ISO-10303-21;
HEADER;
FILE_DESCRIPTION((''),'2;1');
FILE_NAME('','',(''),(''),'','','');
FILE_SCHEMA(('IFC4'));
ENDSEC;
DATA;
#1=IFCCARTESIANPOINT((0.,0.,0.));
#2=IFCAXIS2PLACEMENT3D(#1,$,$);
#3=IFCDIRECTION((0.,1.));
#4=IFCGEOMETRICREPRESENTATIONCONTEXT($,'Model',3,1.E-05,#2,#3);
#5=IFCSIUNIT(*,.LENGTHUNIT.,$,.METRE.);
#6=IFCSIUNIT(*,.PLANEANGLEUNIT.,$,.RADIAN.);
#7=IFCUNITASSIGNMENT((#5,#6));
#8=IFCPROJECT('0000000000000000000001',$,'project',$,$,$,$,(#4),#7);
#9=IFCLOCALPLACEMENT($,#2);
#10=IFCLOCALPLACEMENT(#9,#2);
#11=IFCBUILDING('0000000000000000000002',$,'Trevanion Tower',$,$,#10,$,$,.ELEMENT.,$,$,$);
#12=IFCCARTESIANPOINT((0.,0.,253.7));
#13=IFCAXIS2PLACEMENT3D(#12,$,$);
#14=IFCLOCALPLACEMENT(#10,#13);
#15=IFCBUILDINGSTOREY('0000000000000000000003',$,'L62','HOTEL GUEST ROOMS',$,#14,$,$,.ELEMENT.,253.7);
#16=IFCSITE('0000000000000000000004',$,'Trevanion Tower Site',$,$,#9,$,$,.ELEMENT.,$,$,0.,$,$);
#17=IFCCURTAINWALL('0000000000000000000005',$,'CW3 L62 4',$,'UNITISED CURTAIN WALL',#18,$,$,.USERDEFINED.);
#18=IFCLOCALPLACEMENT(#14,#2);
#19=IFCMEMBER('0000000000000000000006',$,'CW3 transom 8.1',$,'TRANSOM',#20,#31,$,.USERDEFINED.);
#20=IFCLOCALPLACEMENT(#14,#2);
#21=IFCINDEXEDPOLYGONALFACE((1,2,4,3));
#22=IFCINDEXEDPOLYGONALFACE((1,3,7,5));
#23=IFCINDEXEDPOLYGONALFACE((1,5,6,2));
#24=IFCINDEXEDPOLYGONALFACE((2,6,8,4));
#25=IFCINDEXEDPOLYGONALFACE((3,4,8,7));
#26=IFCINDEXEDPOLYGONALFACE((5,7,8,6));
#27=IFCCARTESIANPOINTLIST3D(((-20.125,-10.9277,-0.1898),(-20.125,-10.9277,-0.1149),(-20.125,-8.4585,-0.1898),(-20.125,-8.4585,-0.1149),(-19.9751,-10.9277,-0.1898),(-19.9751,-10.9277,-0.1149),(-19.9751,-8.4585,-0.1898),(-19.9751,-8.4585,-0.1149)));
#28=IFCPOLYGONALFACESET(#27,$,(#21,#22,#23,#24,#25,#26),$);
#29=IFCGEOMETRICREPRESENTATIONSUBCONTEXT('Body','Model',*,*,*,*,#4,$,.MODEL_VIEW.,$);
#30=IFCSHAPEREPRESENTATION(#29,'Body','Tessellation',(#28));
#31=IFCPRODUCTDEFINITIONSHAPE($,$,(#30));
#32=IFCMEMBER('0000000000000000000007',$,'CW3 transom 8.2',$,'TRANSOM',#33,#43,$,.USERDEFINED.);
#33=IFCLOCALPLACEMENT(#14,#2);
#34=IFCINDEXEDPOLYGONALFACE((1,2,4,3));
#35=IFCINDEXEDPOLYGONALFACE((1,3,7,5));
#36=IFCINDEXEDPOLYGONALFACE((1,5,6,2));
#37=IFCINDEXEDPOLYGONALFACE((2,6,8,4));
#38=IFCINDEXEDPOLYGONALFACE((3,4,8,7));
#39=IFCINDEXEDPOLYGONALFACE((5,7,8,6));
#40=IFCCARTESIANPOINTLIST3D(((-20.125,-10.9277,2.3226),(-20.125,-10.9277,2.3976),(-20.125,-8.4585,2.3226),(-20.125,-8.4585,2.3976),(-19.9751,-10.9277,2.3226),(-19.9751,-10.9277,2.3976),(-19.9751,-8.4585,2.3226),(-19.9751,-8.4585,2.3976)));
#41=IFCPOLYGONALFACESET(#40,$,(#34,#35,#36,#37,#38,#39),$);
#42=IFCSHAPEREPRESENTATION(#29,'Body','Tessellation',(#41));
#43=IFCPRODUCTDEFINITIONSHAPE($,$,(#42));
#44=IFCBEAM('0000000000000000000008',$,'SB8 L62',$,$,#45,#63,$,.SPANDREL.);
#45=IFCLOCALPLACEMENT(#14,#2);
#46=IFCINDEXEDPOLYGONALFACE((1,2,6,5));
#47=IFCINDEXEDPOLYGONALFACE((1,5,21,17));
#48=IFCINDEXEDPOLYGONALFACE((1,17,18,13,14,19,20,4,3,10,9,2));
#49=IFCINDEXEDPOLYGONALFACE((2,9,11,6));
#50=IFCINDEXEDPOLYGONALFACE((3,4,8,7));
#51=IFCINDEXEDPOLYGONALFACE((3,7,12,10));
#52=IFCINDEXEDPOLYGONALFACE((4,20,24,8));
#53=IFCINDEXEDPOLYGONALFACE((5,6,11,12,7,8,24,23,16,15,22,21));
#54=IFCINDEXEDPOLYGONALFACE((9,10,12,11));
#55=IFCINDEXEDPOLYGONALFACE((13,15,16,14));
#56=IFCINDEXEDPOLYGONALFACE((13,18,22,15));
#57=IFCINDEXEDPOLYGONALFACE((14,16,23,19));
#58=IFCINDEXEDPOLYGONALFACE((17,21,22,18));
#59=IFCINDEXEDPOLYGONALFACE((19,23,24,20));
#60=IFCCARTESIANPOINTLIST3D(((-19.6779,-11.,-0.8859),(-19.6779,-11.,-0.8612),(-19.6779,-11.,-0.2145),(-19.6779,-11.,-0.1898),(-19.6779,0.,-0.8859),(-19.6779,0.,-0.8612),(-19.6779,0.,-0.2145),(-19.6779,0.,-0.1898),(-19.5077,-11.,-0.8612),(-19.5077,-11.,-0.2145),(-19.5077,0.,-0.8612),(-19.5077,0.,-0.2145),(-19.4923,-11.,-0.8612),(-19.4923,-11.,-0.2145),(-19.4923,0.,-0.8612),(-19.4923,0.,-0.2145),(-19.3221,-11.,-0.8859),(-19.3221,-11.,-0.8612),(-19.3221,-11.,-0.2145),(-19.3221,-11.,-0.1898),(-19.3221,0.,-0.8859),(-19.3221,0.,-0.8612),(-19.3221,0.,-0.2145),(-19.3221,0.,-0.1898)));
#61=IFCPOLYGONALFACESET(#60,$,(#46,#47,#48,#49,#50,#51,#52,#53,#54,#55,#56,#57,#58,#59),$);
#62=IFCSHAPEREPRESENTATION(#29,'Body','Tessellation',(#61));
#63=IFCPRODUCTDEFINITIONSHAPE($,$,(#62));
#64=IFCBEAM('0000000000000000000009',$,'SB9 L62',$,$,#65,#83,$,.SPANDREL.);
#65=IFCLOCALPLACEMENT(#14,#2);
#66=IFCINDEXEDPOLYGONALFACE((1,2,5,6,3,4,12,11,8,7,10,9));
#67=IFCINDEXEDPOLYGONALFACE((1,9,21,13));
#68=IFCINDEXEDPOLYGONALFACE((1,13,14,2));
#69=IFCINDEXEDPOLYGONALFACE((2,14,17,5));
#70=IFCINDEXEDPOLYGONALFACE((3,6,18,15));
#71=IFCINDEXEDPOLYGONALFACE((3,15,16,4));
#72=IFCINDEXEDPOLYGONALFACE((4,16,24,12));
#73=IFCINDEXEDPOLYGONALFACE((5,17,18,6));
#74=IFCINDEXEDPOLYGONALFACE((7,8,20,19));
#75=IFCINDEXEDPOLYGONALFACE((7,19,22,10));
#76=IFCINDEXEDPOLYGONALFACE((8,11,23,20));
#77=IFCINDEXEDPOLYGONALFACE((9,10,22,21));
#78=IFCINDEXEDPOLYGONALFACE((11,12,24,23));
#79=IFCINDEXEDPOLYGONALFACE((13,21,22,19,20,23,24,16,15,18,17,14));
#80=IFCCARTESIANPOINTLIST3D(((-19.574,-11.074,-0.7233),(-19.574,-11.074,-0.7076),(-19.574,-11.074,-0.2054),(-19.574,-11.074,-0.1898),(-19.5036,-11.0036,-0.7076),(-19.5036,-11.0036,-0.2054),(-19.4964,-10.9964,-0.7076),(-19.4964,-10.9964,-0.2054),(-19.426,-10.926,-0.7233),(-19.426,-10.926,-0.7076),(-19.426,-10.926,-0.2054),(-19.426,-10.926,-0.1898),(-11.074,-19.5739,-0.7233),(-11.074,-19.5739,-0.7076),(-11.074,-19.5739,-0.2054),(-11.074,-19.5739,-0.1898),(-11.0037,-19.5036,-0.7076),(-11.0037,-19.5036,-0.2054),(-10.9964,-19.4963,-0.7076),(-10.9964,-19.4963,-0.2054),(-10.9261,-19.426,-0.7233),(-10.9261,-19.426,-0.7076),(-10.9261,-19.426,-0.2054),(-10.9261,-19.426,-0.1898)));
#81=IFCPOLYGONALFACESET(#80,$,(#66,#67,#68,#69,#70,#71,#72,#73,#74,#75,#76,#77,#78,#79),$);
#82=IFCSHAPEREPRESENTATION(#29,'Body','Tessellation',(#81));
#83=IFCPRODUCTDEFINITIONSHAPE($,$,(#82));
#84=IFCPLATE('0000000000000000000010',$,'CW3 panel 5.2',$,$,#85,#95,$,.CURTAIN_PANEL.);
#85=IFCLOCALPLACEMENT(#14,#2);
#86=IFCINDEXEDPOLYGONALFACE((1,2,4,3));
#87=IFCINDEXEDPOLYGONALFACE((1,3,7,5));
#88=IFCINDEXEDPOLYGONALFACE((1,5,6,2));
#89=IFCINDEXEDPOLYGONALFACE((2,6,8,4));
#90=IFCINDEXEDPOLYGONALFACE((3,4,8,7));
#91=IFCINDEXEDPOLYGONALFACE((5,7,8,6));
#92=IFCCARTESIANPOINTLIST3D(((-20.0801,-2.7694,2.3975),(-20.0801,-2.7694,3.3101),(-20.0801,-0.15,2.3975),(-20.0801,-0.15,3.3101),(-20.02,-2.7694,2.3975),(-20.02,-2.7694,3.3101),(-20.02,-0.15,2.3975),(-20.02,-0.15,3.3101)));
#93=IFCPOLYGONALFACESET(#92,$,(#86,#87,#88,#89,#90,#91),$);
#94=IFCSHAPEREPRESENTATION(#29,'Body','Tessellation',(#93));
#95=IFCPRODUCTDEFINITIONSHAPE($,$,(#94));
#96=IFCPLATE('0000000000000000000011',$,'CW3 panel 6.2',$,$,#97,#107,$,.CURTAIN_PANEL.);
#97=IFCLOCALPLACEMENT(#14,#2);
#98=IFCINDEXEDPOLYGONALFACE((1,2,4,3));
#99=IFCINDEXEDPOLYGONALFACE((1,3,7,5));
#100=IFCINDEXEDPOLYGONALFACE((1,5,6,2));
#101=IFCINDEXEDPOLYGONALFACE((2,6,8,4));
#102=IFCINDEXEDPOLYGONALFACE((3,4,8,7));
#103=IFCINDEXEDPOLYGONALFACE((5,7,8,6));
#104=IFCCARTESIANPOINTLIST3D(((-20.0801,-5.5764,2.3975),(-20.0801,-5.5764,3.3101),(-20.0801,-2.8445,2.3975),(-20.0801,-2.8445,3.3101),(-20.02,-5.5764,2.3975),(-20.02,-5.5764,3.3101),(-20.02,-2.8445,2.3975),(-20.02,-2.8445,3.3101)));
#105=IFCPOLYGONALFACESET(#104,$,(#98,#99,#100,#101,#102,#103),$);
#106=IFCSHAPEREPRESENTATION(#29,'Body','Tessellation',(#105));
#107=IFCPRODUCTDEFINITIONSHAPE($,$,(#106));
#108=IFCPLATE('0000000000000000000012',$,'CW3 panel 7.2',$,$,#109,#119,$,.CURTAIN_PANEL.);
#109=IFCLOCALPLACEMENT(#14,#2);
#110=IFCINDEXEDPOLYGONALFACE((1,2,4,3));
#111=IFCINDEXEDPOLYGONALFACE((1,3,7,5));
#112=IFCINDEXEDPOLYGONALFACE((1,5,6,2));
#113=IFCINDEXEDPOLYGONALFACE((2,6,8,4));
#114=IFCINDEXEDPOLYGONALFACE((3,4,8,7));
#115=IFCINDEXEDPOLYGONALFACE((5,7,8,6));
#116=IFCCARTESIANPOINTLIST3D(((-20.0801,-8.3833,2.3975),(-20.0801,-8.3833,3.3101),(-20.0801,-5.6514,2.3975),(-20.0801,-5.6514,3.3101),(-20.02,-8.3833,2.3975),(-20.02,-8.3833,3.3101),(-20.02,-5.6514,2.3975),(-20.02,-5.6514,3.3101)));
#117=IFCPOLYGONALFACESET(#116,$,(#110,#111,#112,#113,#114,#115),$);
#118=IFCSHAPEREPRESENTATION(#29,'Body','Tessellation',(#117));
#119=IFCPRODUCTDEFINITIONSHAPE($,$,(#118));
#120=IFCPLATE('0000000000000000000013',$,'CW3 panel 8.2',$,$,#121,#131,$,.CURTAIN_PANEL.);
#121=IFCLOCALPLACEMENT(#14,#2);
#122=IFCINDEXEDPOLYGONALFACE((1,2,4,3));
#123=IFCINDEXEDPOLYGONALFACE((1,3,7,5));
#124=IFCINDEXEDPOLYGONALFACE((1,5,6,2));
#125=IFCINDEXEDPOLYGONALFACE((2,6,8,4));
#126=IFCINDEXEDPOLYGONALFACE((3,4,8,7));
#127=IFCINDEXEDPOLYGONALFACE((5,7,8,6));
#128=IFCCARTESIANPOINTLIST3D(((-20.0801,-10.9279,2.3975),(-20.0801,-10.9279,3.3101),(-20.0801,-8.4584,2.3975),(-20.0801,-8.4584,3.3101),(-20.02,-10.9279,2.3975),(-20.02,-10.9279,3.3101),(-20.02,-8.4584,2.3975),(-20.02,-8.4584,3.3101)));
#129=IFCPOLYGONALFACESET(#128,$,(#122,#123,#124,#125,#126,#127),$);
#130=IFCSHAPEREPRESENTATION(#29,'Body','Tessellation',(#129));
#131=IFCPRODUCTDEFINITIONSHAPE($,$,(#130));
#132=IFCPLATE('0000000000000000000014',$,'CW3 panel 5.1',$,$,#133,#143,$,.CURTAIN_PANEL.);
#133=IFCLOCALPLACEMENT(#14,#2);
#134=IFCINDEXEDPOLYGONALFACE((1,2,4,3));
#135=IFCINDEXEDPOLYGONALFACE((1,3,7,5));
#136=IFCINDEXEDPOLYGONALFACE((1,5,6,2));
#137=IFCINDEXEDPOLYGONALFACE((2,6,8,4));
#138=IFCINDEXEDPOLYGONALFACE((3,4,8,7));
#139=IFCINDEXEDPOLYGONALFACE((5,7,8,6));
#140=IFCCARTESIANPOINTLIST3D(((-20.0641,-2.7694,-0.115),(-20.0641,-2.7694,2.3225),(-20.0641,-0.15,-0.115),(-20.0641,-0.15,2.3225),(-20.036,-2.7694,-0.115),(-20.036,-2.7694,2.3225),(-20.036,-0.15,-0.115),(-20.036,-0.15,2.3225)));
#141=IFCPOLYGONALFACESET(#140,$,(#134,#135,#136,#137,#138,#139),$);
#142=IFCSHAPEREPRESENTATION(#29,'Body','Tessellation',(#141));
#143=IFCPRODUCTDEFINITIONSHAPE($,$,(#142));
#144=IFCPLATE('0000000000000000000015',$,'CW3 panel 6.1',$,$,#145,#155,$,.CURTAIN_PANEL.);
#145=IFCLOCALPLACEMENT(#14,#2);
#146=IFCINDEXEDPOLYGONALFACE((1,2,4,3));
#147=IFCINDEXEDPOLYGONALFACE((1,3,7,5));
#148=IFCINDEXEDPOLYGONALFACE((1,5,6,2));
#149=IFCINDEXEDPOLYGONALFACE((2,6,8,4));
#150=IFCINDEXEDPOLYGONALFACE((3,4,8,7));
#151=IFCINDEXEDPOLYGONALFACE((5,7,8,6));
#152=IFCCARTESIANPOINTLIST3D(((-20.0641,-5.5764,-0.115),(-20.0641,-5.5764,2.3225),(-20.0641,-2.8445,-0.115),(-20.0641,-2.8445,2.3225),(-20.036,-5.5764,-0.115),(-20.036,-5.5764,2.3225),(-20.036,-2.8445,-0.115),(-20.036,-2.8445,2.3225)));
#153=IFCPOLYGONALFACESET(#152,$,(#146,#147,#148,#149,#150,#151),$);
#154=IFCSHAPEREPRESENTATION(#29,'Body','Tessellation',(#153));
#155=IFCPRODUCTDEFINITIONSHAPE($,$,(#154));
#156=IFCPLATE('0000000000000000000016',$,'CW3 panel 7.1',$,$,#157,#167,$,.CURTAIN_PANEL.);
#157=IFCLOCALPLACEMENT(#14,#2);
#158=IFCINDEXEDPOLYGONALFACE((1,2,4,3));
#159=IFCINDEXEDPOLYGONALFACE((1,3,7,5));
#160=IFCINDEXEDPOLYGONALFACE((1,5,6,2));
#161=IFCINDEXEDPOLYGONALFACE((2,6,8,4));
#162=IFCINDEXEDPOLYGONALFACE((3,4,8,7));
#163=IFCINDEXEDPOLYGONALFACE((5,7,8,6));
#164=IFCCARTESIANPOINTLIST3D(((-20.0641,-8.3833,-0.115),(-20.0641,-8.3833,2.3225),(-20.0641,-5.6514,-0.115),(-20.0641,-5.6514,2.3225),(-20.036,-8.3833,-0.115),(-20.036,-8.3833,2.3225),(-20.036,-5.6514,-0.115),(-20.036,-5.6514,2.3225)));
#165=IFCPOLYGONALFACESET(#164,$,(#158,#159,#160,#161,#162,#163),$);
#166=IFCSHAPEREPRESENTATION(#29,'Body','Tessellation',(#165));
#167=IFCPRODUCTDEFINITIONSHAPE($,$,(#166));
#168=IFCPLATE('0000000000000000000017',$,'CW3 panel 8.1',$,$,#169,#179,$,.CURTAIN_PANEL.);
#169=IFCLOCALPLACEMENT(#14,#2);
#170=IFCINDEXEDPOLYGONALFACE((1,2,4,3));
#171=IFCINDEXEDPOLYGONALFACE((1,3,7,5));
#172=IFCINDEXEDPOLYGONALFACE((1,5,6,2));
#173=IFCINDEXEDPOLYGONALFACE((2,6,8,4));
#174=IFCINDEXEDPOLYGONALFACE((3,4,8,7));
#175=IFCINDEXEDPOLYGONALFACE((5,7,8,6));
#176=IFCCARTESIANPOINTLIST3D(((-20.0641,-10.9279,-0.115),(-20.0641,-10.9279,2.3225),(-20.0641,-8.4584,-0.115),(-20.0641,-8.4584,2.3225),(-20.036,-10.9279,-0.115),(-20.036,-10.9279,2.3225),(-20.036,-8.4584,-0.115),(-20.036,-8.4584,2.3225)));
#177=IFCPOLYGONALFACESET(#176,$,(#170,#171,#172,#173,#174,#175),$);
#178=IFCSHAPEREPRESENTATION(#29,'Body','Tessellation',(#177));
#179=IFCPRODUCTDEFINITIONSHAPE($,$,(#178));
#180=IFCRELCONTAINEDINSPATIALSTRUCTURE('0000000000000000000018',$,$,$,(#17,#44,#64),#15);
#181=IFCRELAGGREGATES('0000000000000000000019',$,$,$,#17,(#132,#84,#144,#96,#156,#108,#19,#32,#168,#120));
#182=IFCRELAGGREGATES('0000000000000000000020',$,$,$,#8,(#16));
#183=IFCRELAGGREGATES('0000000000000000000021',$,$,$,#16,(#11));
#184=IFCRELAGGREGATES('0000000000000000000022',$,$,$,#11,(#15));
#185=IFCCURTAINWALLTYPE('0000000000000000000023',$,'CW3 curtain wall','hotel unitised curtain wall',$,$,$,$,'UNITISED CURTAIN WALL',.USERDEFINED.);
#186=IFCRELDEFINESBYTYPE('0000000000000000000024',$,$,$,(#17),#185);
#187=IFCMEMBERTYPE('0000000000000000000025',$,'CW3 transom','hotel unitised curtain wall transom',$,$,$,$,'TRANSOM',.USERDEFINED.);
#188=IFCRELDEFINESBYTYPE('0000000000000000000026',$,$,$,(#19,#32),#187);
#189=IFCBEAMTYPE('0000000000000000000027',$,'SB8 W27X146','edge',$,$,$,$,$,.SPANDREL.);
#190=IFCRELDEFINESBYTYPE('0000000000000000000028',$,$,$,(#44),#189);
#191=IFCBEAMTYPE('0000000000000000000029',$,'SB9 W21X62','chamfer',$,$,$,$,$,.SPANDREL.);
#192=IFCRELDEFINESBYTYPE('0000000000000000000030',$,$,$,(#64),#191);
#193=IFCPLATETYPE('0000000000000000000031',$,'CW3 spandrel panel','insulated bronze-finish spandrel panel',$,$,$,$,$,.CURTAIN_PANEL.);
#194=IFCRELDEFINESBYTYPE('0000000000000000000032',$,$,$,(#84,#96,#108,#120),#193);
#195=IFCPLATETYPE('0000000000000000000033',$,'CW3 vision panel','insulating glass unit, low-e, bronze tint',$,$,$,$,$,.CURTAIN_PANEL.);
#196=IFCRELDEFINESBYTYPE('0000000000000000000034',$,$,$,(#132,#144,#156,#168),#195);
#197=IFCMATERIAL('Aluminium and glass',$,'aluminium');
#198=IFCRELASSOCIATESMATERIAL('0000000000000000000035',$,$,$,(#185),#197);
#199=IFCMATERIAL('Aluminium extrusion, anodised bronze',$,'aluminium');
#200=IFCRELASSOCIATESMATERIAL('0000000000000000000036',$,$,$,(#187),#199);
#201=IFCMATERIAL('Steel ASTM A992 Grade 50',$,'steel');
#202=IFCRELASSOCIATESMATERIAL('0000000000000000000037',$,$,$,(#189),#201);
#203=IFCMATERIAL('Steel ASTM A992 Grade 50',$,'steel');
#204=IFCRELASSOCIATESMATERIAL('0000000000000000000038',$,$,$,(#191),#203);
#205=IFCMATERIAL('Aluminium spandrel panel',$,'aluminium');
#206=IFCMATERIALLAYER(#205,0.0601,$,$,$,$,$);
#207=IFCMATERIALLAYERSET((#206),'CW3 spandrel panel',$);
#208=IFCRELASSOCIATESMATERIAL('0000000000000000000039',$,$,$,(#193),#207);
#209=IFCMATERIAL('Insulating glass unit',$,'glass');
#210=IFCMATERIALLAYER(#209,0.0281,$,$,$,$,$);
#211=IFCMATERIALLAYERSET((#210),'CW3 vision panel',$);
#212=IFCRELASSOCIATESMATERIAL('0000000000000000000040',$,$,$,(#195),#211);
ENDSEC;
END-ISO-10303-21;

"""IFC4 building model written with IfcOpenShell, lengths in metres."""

from ifc_helpers import new_model, si_unit, direction, frame, origin, origin_2d, place, context, subcontext, project, spatial, rectangle, i_section, extrude, material, layer, layer_set, material_profile, profile_set, type_object, element, aggregate, save


model = new_model("IFC4")

# Units and contexts
model_context = context("Model", 3, precision=1e-05, world=origin(), true_north=direction((0.0, 1.0)))
body_context = subcontext(model_context, "Body", "Model", "MODEL_VIEW")
ifc_project = project(units=[si_unit("LENGTHUNIT", "METRE"), si_unit("PLANEANGLEUNIT", "RADIAN")], contexts=[model_context])

# Site, building, storey
site_placement = place(None, origin())
site = spatial("IfcSite", under=ifc_project, at=site_placement, Name="Trevanion Tower Site", CompositionType="ELEMENT", RefElevation=0.0)
building_placement = place(site_placement, origin())
building = spatial("IfcBuilding", under=site, at=building_placement, Name="Trevanion Tower", CompositionType="ELEMENT")
storey_placement = place(building_placement, frame((0.0, 0.0, 253.7)))
storey = spatial("IfcBuildingStorey", under=building, at=storey_placement, Name="L62", Description="HOTEL GUEST ROOMS", CompositionType="ELEMENT", Elevation=253.7)

# Curtain wall
ifc_material_1 = material(Name="Aluminium and glass", Category="aluminium")
curtain_wall_type = type_object("IfcCurtainWallType", Name="CW3 curtain wall", Description="hotel unitised curtain wall", ElementType="UNITISED CURTAIN WALL", PredefinedType="USERDEFINED", material=ifc_material_1)
curtain_wall_1_placement = place(storey_placement, origin())
curtain_wall_1 = element("IfcCurtainWall", 1, at=curtain_wall_1_placement, inside=storey, type_object=curtain_wall_type, Name="CW3 L62 4", ObjectType="UNITISED CURTAIN WALL", PredefinedType="USERDEFINED")

# Members
ifc_material_2 = material(Name="Aluminium extrusion, anodised bronze", Category="aluminium")
ifc_material_profile_1 = material_profile(ifc_material_2, rectangle(XDim=0.1499, YDim=0.075, at=origin_2d()), Name="CW3 transom")
ifc_profile_set_1 = profile_set([ifc_material_profile_1], Name="Aluminium extrusion, anodised bronze")
member_type_1 = type_object("IfcMemberType", Name="CW3 transom", Description="hotel unitised curtain wall transom", ElementType="TRANSOM", PredefinedType="USERDEFINED", material=ifc_profile_set_1)
member_1_placement = place(storey_placement, frame((-20.05, -8.4585, -0.1523), z_axis=(0.0, -1.0, 0.0), x_axis=(1.0, 0.0, 0.0)))
member_1 = element("IfcMember", 2, at=member_1_placement, type_object=member_type_1, Name="CW3 transom 8.1", ObjectType="TRANSOM", PredefinedType="USERDEFINED", context=body_context, shape_type="SweptSolid", body=[
    extrude(rectangle(XDim=0.1499, YDim=0.075, at=origin_2d()), origin(), (0.0, 0.0, 1.0), 2.4692),
])
member_2_placement = place(storey_placement, frame((-20.05, -8.4585, 2.3601), z_axis=(0.0, -1.0, 0.0), x_axis=(1.0, 0.0, 0.0)))
member_2 = element("IfcMember", 3, at=member_2_placement, type_object=member_type_1, Name="CW3 transom 8.2", ObjectType="TRANSOM", PredefinedType="USERDEFINED", context=body_context, shape_type="SweptSolid", body=[
    extrude(rectangle(XDim=0.1499, YDim=0.075, at=origin_2d()), origin(), (0.0, 0.0, 1.0), 2.4692),
])

# Beams
ifc_material_3 = material(Name="Steel ASTM A992 Grade 50", Category="steel")
ifc_material_profile_2 = material_profile(ifc_material_3, i_section(OverallWidth=0.3557, OverallDepth=0.696, WebThickness=0.0154, FlangeThickness=0.0247, at=origin_2d()), Name="W27X146")
ifc_profile_set_2 = profile_set([ifc_material_profile_2], Name="Steel ASTM A992 Grade 50")
beam_type_1 = type_object("IfcBeamType", Name="SB8 W27X146", Description="edge", PredefinedType="SPANDREL", material=ifc_profile_set_2)
beam_1_placement = place(storey_placement, frame((-19.5, 0.0, -0.5378), z_axis=(0.0, -1.0, 0.0), x_axis=(1.0, 0.0, 0.0)))
element("IfcBeam", 4, at=beam_1_placement, inside=storey, type_object=beam_type_1, Name="SB8 L62", PredefinedType="SPANDREL", context=body_context, shape_type="SweptSolid", body=[
    extrude(i_section(OverallWidth=0.3557, OverallDepth=0.696, WebThickness=0.0154, FlangeThickness=0.0247, at=origin_2d()), origin(), (0.0, 0.0, 1.0), 11.0),
])
ifc_material_4 = material(Name="Steel ASTM A992 Grade 50", Category="steel")
ifc_material_profile_3 = material_profile(ifc_material_4, i_section(OverallWidth=0.2092, OverallDepth=0.5334, WebThickness=0.0103, FlangeThickness=0.0156, at=origin_2d()), Name="W21X62")
ifc_profile_set_3 = profile_set([ifc_material_profile_3], Name="Steel ASTM A992 Grade 50")
beam_type_2 = type_object("IfcBeamType", Name="SB9 W21X62", Description="chamfer", PredefinedType="SPANDREL", material=ifc_profile_set_3)
beam_2_placement = place(storey_placement, frame((-19.5, -11.0, -0.4565), z_axis=(0.707107, -0.707107, 0.0), x_axis=(0.707107, 0.707107, 0.0)))
element("IfcBeam", 5, at=beam_2_placement, inside=storey, type_object=beam_type_2, Name="SB9 L62", PredefinedType="SPANDREL", context=body_context, shape_type="SweptSolid", body=[
    extrude(i_section(OverallWidth=0.2092, OverallDepth=0.5334, WebThickness=0.0103, FlangeThickness=0.0156, at=origin_2d()), origin(), (0.0, 0.0, 1.0), 12.0208),
])

# Plates
ifc_material_5 = material(Name="Aluminium spandrel panel", Category="aluminium")
ifc_layer_1 = layer(ifc_material_5, 0.0601)
ifc_layer_set_1 = layer_set([ifc_layer_1], Name="CW3 spandrel panel")
plate_type_1 = type_object("IfcPlateType", Name="CW3 spandrel panel", Description="insulated bronze-finish spandrel panel", PredefinedType="CURTAIN_PANEL", material=ifc_layer_set_1)
plate_1_placement = place(storey_placement, frame((-20.05, -1.4597, 2.3975), z_axis=(0.0, 0.0, 1.0), x_axis=(0.0, -1.0, 0.0)))
plate_1 = element("IfcPlate", 6, at=plate_1_placement, type_object=plate_type_1, Name="CW3 panel 5.2", PredefinedType="CURTAIN_PANEL", context=body_context, shape_type="SweptSolid", body=[
    extrude(rectangle(XDim=2.6194, YDim=0.0601, at=origin_2d()), origin(), (0.0, 0.0, 1.0), 0.9126),
])
plate_2_placement = place(storey_placement, frame((-20.05, -4.2104, 2.3975), z_axis=(0.0, 0.0, 1.0), x_axis=(0.0, -1.0, 0.0)))
plate_2 = element("IfcPlate", 7, at=plate_2_placement, type_object=plate_type_1, Name="CW3 panel 6.2", PredefinedType="CURTAIN_PANEL", context=body_context, shape_type="SweptSolid", body=[
    extrude(rectangle(XDim=2.7319, YDim=0.0601, at=origin_2d()), origin(), (0.0, 0.0, 1.0), 0.9126),
])
plate_3_placement = place(storey_placement, frame((-20.05, -7.0173, 2.3975), z_axis=(0.0, 0.0, 1.0), x_axis=(0.0, -1.0, 0.0)))
plate_3 = element("IfcPlate", 8, at=plate_3_placement, type_object=plate_type_1, Name="CW3 panel 7.2", PredefinedType="CURTAIN_PANEL", context=body_context, shape_type="SweptSolid", body=[
    extrude(rectangle(XDim=2.7319, YDim=0.0601, at=origin_2d()), origin(), (0.0, 0.0, 1.0), 0.9126),
])
plate_4_placement = place(storey_placement, frame((-20.05, -9.6931, 2.3975), z_axis=(0.0, 0.0, 1.0), x_axis=(0.0, -1.0, 0.0)))
plate_4 = element("IfcPlate", 9, at=plate_4_placement, type_object=plate_type_1, Name="CW3 panel 8.2", PredefinedType="CURTAIN_PANEL", context=body_context, shape_type="SweptSolid", body=[
    extrude(rectangle(XDim=2.4695, YDim=0.0601, at=origin_2d()), origin(), (0.0, 0.0, 1.0), 0.9126),
])
ifc_material_6 = material(Name="Insulating glass unit", Category="glass")
ifc_layer_2 = layer(ifc_material_6, 0.0281)
ifc_layer_set_2 = layer_set([ifc_layer_2], Name="CW3 vision panel")
plate_type_2 = type_object("IfcPlateType", Name="CW3 vision panel", Description="insulating glass unit, low-e, bronze tint", PredefinedType="CURTAIN_PANEL", material=ifc_layer_set_2)
plate_5_placement = place(storey_placement, frame((-20.05, -1.4597, -0.115), z_axis=(0.0, 0.0, 1.0), x_axis=(0.0, -1.0, 0.0)))
plate_5 = element("IfcPlate", 10, at=plate_5_placement, type_object=plate_type_2, Name="CW3 panel 5.1", PredefinedType="CURTAIN_PANEL", context=body_context, shape_type="SweptSolid", body=[
    extrude(rectangle(XDim=2.6194, YDim=0.0281, at=origin_2d()), origin(), (0.0, 0.0, 1.0), 2.4375),
])
plate_6_placement = place(storey_placement, frame((-20.05, -4.2104, -0.115), z_axis=(0.0, 0.0, 1.0), x_axis=(0.0, -1.0, 0.0)))
plate_6 = element("IfcPlate", 11, at=plate_6_placement, type_object=plate_type_2, Name="CW3 panel 6.1", PredefinedType="CURTAIN_PANEL", context=body_context, shape_type="SweptSolid", body=[
    extrude(rectangle(XDim=2.7319, YDim=0.0281, at=origin_2d()), origin(), (0.0, 0.0, 1.0), 2.4375),
])
plate_7_placement = place(storey_placement, frame((-20.05, -7.0173, -0.115), z_axis=(0.0, 0.0, 1.0), x_axis=(0.0, -1.0, 0.0)))
plate_7 = element("IfcPlate", 12, at=plate_7_placement, type_object=plate_type_2, Name="CW3 panel 7.1", PredefinedType="CURTAIN_PANEL", context=body_context, shape_type="SweptSolid", body=[
    extrude(rectangle(XDim=2.7319, YDim=0.0281, at=origin_2d()), origin(), (0.0, 0.0, 1.0), 2.4375),
])
plate_8_placement = place(storey_placement, frame((-20.05, -9.6931, -0.115), z_axis=(0.0, 0.0, 1.0), x_axis=(0.0, -1.0, 0.0)))
plate_8 = element("IfcPlate", 13, at=plate_8_placement, type_object=plate_type_2, Name="CW3 panel 8.1", PredefinedType="CURTAIN_PANEL", context=body_context, shape_type="SweptSolid", body=[
    extrude(rectangle(XDim=2.4695, YDim=0.0281, at=origin_2d()), origin(), (0.0, 0.0, 1.0), 2.4375),
])
aggregate(curtain_wall_1, [plate_5, plate_1, plate_6, plate_2, plate_7, plate_3, member_1, member_2, plate_8, plate_4])

save(model, "model.ifc")
